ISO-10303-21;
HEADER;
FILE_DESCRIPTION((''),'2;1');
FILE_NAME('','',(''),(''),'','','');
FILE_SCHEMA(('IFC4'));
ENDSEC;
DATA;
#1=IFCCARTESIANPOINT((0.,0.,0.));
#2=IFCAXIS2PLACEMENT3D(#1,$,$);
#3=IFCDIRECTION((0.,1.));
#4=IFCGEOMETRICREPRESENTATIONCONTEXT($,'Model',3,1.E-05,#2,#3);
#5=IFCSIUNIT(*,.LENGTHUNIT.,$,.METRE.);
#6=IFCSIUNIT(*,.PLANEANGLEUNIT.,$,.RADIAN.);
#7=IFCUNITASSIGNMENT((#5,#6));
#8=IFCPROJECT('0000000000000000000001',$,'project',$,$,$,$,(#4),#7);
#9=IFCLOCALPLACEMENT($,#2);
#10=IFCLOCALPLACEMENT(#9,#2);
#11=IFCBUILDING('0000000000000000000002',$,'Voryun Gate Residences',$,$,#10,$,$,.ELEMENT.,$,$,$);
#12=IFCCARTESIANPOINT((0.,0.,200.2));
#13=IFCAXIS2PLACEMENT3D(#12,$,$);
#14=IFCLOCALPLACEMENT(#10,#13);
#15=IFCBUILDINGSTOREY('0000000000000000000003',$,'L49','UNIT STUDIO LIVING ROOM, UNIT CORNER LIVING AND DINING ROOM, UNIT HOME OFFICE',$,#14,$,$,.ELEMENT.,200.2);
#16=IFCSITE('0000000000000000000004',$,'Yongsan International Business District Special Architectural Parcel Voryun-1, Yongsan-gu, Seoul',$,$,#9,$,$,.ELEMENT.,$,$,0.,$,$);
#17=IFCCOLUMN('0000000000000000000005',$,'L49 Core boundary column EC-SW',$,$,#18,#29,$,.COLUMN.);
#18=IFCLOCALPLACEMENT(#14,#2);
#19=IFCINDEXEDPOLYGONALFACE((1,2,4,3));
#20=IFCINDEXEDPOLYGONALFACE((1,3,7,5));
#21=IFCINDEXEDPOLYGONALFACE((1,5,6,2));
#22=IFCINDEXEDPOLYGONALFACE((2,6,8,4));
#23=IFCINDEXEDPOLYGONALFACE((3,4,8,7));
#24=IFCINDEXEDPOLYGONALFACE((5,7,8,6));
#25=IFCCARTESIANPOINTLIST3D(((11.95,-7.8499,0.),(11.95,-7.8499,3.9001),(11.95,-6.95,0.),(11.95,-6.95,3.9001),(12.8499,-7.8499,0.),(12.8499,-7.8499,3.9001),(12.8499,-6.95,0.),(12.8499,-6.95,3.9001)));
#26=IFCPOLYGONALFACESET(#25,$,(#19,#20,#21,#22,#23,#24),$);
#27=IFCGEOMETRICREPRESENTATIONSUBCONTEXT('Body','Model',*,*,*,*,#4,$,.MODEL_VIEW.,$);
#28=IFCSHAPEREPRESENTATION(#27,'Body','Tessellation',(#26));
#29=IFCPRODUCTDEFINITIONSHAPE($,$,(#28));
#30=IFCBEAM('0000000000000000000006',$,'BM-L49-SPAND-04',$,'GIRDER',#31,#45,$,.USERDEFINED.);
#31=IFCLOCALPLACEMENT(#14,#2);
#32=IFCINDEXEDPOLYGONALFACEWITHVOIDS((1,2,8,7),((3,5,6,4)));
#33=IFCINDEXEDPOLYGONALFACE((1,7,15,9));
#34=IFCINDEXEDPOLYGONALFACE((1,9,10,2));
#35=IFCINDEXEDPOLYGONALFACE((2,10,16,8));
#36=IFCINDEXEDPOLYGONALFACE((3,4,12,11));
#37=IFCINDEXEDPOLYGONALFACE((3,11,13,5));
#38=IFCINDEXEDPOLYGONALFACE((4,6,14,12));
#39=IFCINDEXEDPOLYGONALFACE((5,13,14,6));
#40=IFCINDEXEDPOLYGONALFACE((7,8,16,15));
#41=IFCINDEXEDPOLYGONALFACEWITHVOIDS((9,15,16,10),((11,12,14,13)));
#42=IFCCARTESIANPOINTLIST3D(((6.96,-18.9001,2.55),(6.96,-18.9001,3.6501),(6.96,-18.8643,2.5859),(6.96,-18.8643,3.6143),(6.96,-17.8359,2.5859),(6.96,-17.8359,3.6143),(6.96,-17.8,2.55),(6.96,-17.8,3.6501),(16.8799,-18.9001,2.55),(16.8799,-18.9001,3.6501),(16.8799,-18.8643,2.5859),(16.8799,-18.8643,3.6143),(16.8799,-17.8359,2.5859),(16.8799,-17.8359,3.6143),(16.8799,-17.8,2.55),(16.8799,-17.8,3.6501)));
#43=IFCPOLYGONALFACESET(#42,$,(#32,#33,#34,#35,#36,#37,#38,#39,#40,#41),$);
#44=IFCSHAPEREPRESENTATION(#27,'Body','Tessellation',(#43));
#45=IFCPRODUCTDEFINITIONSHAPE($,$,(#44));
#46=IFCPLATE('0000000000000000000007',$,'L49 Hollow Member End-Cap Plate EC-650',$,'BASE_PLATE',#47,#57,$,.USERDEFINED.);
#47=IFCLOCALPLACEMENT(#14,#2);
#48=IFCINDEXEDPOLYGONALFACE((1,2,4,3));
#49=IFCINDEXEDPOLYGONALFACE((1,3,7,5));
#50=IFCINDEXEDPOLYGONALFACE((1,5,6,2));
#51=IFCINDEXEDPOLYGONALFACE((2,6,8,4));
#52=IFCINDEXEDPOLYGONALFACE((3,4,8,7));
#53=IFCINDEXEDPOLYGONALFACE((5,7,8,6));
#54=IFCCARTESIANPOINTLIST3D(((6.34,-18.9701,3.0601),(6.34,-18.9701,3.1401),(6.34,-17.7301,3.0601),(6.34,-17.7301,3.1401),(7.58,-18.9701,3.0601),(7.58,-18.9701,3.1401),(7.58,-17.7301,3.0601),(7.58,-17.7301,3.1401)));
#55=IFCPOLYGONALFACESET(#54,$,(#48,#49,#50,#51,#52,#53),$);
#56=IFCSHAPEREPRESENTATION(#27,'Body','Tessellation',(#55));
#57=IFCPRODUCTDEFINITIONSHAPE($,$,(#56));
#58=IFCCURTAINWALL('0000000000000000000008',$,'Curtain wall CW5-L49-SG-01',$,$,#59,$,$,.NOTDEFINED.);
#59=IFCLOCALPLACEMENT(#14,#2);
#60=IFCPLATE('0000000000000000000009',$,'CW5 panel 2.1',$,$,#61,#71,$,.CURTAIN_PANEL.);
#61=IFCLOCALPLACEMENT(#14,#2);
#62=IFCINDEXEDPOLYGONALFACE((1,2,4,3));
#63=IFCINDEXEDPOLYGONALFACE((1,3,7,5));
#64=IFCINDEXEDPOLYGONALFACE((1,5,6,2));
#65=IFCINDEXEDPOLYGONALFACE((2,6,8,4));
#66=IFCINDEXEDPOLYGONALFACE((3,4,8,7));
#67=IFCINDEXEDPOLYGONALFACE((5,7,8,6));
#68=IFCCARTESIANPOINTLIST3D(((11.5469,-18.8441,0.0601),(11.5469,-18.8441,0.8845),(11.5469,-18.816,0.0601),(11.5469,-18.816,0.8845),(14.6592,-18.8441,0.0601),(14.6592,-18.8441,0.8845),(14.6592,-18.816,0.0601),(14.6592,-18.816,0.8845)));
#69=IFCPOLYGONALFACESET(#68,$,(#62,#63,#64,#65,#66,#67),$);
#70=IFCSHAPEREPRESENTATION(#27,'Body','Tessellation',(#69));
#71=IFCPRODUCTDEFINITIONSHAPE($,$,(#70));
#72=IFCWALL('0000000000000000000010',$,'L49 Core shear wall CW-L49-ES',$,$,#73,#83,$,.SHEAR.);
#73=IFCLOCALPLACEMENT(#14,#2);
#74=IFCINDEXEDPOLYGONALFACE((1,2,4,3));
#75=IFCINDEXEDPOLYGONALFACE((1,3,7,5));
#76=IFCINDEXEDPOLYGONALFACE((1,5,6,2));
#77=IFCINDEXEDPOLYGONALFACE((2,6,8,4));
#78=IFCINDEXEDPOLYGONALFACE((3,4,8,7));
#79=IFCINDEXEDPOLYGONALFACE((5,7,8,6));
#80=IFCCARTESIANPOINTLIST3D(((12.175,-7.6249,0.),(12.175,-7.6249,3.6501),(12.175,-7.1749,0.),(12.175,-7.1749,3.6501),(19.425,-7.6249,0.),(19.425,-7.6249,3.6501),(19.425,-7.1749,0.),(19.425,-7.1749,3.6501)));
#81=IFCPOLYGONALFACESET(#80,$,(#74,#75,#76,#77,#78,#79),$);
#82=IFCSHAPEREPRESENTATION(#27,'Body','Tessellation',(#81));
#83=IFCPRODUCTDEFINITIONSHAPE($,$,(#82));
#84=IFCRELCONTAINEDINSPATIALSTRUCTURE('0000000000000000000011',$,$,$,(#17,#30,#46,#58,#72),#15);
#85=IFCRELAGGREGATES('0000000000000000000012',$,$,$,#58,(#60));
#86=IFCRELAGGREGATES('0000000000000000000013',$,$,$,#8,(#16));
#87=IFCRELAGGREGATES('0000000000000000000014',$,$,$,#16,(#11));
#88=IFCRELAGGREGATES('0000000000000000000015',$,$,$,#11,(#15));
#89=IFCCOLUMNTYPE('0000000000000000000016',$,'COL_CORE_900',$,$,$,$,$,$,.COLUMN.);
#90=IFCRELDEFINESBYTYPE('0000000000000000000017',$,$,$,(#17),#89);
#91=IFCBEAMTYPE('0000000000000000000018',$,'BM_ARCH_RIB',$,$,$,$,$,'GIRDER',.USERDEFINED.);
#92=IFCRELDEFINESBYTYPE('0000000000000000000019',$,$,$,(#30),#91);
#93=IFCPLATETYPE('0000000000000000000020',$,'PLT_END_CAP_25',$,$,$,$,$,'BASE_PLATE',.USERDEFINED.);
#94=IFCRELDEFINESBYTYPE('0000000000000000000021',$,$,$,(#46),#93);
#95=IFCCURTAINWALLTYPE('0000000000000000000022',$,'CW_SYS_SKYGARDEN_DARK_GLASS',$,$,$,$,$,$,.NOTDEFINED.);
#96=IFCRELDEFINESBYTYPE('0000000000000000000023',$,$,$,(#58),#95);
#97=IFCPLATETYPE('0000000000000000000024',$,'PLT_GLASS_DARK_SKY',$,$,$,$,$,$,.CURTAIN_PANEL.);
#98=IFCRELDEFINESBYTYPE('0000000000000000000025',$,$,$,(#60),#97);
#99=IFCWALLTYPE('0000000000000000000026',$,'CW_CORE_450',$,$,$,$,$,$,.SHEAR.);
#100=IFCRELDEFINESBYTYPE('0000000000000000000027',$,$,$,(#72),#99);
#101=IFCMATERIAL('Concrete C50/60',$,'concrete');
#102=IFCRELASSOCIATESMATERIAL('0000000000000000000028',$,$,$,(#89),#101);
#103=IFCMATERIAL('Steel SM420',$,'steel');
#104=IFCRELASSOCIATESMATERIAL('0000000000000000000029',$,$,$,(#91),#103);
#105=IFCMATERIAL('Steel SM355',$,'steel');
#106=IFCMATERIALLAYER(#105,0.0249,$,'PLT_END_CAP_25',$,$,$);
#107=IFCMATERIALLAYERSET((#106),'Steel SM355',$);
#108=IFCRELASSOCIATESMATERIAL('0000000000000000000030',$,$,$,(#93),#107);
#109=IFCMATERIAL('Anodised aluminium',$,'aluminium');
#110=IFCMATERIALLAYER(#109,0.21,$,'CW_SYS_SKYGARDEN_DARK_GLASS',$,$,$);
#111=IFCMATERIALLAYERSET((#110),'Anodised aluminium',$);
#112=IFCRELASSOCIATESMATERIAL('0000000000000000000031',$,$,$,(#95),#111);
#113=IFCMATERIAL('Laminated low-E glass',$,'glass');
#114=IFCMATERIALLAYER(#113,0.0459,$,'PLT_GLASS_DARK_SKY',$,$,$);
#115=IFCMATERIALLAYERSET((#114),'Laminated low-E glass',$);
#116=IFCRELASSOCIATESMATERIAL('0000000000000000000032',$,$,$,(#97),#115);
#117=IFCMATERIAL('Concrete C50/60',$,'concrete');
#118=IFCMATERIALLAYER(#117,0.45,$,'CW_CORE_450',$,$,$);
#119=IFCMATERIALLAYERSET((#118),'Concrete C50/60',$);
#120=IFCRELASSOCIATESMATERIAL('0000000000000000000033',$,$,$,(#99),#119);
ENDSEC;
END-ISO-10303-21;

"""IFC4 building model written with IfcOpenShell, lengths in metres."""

from ifc_helpers import new_model, si_unit, direction, frame, frame_2d, origin, origin_2d, place, context, subcontext, project, spatial, rectangle, hollow_rectangle, extrude, material, layer, layer_set, material_profile, profile_set, type_object, element, aggregate, save


model = new_model("IFC4")

# Units and contexts
model_context = context("Model", 3, precision=1e-05, world=origin(), true_north=direction((0.0, 1.0)))
body_context = subcontext(model_context, "Body", "Model", "MODEL_VIEW")
ifc_project = project(units=[si_unit("LENGTHUNIT", "METRE"), si_unit("PLANEANGLEUNIT", "RADIAN")], contexts=[model_context])

# Site, building, storey
site_placement = place(None, origin())
site = spatial("IfcSite", under=ifc_project, at=site_placement, Name="Yongsan International Business District Special Architectural Parcel Voryun-1, Yongsan-gu, Seoul", CompositionType="ELEMENT", RefElevation=0.0)
building_placement = place(site_placement, origin())
building = spatial("IfcBuilding", under=site, at=building_placement, Name="Voryun Gate Residences", CompositionType="ELEMENT")
storey_placement = place(building_placement, frame((0.0, 0.0, 200.2)))
storey = spatial("IfcBuildingStorey", under=building, at=storey_placement, Name="L49", Description="UNIT STUDIO LIVING ROOM, UNIT CORNER LIVING AND DINING ROOM, UNIT HOME OFFICE", CompositionType="ELEMENT", Elevation=200.2)

# Column
ifc_material_1 = material(Name="Concrete C50/60", Category="concrete")
ifc_material_profile_1 = material_profile(ifc_material_1, rectangle(XDim=0.8999, YDim=0.8999, at=origin_2d()), Name="RC-900x900")
ifc_profile_set_1 = profile_set([ifc_material_profile_1], Name="Concrete C50/60")
column_type = type_object("IfcColumnType", Name="COL_CORE_900", PredefinedType="COLUMN", material=ifc_profile_set_1)
column_placement = place(storey_placement, frame((12.3999, -7.3999, 0.0), z_axis=(0.0, 0.0, 1.0), x_axis=(1.0, 0.0, 0.0)))
element("IfcColumn", 1, at=column_placement, inside=storey, type_object=column_type, Name="L49 Core boundary column EC-SW", PredefinedType="COLUMN", context=body_context, shape_type="SweptSolid", body=[
    extrude(rectangle(XDim=0.8999, YDim=0.8999, at=origin_2d()), origin(), (0.0, 0.0, 1.0), 3.9001),
])

# Beam
ifc_material_2 = material(Name="Steel SM420", Category="steel")
ifc_material_profile_2 = material_profile(ifc_material_2, hollow_rectangle(XDim=1.1001, YDim=1.1001, WallThickness=0.0359, at=origin_2d()), Name="BOX-1100x1100x36")
ifc_profile_set_2 = profile_set([ifc_material_profile_2], Name="Steel SM420")
beam_type = type_object("IfcBeamType", Name="BM_ARCH_RIB", ElementType="GIRDER", PredefinedType="USERDEFINED", material=ifc_profile_set_2)
beam_placement = place(storey_placement, frame((6.96, -18.3501, 3.1001), z_axis=(1.0, 0.0, 0.0), x_axis=(0.0, 1.0, 0.0)))
element("IfcBeam", 2, at=beam_placement, inside=storey, type_object=beam_type, Name="BM-L49-SPAND-04", ObjectType="GIRDER", PredefinedType="USERDEFINED", context=body_context, shape_type="SweptSolid", body=[
    extrude(hollow_rectangle(XDim=1.1001, YDim=1.1001, WallThickness=0.0359, at=origin_2d()), origin(), (0.0, 0.0, 1.0), 9.9199),
])

# Plate
ifc_material_3 = material(Name="Steel SM355", Category="steel")
ifc_layer_1 = layer(ifc_material_3, 0.0249, Name="PLT_END_CAP_25")
ifc_layer_set_1 = layer_set([ifc_layer_1], Name="Steel SM355")
plate_type_1 = type_object("IfcPlateType", Name="PLT_END_CAP_25", ElementType="BASE_PLATE", PredefinedType="USERDEFINED", material=ifc_layer_set_1)
plate_1_placement = place(storey_placement, frame((6.96, -18.3501, 3.0601), z_axis=(0.0, 0.0, 1.0), x_axis=(1.0, 0.0, 0.0)))
element("IfcPlate", 3, at=plate_1_placement, inside=storey, type_object=plate_type_1, Name="L49 Hollow Member End-Cap Plate EC-650", ObjectType="BASE_PLATE", PredefinedType="USERDEFINED", context=body_context, shape_type="SweptSolid", body=[
    extrude(rectangle(XDim=1.24, YDim=1.24, at=origin_2d()), origin(), (0.0, 0.0, 1.0), 0.0801),
])

# Curtain wall, plate
ifc_material_4 = material(Name="Anodised aluminium", Category="aluminium")
ifc_layer_2 = layer(ifc_material_4, 0.21, Name="CW_SYS_SKYGARDEN_DARK_GLASS")
ifc_layer_set_2 = layer_set([ifc_layer_2], Name="Anodised aluminium")
curtain_wall_type = type_object("IfcCurtainWallType", Name="CW_SYS_SKYGARDEN_DARK_GLASS", PredefinedType="NOTDEFINED", material=ifc_layer_set_2)
curtain_wall_placement = place(storey_placement, origin())
curtain_wall = element("IfcCurtainWall", 4, at=curtain_wall_placement, inside=storey, type_object=curtain_wall_type, Name="Curtain wall CW5-L49-SG-01", PredefinedType="NOTDEFINED")
ifc_material_5 = material(Name="Laminated low-E glass", Category="glass")
ifc_layer_3 = layer(ifc_material_5, 0.0459, Name="PLT_GLASS_DARK_SKY")
ifc_layer_set_3 = layer_set([ifc_layer_3], Name="Laminated low-E glass")
plate_type_2 = type_object("IfcPlateType", Name="PLT_GLASS_DARK_SKY", PredefinedType="CURTAIN_PANEL", material=ifc_layer_set_3)
plate_2_placement = place(storey_placement, frame((13.103, -18.8301, 0.0601), z_axis=(0.0, 0.0, 1.0), x_axis=(-1.0, 0.0, 0.0)))
plate_2 = element("IfcPlate", 5, at=plate_2_placement, type_object=plate_type_2, Name="CW5 panel 2.1", PredefinedType="CURTAIN_PANEL", context=body_context, shape_type="SweptSolid", body=[
    extrude(rectangle(XDim=3.1123, YDim=0.0281, at=origin_2d()), origin(), (0.0, 0.0, 1.0), 0.8245),
])
aggregate(curtain_wall, [plate_2])

# Wall
ifc_material_6 = material(Name="Concrete C50/60", Category="concrete")
ifc_layer_4 = layer(ifc_material_6, 0.45, Name="CW_CORE_450")
ifc_layer_set_4 = layer_set([ifc_layer_4], Name="Concrete C50/60")
wall_type_1 = type_object("IfcWallType", Name="CW_CORE_450", PredefinedType="SHEAR", material=ifc_layer_set_4)
wall_1_placement = place(storey_placement, frame((12.175, -7.3999, 0.0), z_axis=(0.0, 0.0, 1.0), x_axis=(1.0, 0.0, 0.0)))
element("IfcWall", 6, at=wall_1_placement, inside=storey, type_object=wall_type_1, Name="L49 Core shear wall CW-L49-ES", PredefinedType="SHEAR", context=body_context, shape_type="SweptSolid", body=[
    extrude(rectangle(XDim=7.25, YDim=0.45, at=frame_2d((3.625, 0.0))), origin(), (0.0, 0.0, 1.0), 3.6501),
])

save(model, "model.ifc")
